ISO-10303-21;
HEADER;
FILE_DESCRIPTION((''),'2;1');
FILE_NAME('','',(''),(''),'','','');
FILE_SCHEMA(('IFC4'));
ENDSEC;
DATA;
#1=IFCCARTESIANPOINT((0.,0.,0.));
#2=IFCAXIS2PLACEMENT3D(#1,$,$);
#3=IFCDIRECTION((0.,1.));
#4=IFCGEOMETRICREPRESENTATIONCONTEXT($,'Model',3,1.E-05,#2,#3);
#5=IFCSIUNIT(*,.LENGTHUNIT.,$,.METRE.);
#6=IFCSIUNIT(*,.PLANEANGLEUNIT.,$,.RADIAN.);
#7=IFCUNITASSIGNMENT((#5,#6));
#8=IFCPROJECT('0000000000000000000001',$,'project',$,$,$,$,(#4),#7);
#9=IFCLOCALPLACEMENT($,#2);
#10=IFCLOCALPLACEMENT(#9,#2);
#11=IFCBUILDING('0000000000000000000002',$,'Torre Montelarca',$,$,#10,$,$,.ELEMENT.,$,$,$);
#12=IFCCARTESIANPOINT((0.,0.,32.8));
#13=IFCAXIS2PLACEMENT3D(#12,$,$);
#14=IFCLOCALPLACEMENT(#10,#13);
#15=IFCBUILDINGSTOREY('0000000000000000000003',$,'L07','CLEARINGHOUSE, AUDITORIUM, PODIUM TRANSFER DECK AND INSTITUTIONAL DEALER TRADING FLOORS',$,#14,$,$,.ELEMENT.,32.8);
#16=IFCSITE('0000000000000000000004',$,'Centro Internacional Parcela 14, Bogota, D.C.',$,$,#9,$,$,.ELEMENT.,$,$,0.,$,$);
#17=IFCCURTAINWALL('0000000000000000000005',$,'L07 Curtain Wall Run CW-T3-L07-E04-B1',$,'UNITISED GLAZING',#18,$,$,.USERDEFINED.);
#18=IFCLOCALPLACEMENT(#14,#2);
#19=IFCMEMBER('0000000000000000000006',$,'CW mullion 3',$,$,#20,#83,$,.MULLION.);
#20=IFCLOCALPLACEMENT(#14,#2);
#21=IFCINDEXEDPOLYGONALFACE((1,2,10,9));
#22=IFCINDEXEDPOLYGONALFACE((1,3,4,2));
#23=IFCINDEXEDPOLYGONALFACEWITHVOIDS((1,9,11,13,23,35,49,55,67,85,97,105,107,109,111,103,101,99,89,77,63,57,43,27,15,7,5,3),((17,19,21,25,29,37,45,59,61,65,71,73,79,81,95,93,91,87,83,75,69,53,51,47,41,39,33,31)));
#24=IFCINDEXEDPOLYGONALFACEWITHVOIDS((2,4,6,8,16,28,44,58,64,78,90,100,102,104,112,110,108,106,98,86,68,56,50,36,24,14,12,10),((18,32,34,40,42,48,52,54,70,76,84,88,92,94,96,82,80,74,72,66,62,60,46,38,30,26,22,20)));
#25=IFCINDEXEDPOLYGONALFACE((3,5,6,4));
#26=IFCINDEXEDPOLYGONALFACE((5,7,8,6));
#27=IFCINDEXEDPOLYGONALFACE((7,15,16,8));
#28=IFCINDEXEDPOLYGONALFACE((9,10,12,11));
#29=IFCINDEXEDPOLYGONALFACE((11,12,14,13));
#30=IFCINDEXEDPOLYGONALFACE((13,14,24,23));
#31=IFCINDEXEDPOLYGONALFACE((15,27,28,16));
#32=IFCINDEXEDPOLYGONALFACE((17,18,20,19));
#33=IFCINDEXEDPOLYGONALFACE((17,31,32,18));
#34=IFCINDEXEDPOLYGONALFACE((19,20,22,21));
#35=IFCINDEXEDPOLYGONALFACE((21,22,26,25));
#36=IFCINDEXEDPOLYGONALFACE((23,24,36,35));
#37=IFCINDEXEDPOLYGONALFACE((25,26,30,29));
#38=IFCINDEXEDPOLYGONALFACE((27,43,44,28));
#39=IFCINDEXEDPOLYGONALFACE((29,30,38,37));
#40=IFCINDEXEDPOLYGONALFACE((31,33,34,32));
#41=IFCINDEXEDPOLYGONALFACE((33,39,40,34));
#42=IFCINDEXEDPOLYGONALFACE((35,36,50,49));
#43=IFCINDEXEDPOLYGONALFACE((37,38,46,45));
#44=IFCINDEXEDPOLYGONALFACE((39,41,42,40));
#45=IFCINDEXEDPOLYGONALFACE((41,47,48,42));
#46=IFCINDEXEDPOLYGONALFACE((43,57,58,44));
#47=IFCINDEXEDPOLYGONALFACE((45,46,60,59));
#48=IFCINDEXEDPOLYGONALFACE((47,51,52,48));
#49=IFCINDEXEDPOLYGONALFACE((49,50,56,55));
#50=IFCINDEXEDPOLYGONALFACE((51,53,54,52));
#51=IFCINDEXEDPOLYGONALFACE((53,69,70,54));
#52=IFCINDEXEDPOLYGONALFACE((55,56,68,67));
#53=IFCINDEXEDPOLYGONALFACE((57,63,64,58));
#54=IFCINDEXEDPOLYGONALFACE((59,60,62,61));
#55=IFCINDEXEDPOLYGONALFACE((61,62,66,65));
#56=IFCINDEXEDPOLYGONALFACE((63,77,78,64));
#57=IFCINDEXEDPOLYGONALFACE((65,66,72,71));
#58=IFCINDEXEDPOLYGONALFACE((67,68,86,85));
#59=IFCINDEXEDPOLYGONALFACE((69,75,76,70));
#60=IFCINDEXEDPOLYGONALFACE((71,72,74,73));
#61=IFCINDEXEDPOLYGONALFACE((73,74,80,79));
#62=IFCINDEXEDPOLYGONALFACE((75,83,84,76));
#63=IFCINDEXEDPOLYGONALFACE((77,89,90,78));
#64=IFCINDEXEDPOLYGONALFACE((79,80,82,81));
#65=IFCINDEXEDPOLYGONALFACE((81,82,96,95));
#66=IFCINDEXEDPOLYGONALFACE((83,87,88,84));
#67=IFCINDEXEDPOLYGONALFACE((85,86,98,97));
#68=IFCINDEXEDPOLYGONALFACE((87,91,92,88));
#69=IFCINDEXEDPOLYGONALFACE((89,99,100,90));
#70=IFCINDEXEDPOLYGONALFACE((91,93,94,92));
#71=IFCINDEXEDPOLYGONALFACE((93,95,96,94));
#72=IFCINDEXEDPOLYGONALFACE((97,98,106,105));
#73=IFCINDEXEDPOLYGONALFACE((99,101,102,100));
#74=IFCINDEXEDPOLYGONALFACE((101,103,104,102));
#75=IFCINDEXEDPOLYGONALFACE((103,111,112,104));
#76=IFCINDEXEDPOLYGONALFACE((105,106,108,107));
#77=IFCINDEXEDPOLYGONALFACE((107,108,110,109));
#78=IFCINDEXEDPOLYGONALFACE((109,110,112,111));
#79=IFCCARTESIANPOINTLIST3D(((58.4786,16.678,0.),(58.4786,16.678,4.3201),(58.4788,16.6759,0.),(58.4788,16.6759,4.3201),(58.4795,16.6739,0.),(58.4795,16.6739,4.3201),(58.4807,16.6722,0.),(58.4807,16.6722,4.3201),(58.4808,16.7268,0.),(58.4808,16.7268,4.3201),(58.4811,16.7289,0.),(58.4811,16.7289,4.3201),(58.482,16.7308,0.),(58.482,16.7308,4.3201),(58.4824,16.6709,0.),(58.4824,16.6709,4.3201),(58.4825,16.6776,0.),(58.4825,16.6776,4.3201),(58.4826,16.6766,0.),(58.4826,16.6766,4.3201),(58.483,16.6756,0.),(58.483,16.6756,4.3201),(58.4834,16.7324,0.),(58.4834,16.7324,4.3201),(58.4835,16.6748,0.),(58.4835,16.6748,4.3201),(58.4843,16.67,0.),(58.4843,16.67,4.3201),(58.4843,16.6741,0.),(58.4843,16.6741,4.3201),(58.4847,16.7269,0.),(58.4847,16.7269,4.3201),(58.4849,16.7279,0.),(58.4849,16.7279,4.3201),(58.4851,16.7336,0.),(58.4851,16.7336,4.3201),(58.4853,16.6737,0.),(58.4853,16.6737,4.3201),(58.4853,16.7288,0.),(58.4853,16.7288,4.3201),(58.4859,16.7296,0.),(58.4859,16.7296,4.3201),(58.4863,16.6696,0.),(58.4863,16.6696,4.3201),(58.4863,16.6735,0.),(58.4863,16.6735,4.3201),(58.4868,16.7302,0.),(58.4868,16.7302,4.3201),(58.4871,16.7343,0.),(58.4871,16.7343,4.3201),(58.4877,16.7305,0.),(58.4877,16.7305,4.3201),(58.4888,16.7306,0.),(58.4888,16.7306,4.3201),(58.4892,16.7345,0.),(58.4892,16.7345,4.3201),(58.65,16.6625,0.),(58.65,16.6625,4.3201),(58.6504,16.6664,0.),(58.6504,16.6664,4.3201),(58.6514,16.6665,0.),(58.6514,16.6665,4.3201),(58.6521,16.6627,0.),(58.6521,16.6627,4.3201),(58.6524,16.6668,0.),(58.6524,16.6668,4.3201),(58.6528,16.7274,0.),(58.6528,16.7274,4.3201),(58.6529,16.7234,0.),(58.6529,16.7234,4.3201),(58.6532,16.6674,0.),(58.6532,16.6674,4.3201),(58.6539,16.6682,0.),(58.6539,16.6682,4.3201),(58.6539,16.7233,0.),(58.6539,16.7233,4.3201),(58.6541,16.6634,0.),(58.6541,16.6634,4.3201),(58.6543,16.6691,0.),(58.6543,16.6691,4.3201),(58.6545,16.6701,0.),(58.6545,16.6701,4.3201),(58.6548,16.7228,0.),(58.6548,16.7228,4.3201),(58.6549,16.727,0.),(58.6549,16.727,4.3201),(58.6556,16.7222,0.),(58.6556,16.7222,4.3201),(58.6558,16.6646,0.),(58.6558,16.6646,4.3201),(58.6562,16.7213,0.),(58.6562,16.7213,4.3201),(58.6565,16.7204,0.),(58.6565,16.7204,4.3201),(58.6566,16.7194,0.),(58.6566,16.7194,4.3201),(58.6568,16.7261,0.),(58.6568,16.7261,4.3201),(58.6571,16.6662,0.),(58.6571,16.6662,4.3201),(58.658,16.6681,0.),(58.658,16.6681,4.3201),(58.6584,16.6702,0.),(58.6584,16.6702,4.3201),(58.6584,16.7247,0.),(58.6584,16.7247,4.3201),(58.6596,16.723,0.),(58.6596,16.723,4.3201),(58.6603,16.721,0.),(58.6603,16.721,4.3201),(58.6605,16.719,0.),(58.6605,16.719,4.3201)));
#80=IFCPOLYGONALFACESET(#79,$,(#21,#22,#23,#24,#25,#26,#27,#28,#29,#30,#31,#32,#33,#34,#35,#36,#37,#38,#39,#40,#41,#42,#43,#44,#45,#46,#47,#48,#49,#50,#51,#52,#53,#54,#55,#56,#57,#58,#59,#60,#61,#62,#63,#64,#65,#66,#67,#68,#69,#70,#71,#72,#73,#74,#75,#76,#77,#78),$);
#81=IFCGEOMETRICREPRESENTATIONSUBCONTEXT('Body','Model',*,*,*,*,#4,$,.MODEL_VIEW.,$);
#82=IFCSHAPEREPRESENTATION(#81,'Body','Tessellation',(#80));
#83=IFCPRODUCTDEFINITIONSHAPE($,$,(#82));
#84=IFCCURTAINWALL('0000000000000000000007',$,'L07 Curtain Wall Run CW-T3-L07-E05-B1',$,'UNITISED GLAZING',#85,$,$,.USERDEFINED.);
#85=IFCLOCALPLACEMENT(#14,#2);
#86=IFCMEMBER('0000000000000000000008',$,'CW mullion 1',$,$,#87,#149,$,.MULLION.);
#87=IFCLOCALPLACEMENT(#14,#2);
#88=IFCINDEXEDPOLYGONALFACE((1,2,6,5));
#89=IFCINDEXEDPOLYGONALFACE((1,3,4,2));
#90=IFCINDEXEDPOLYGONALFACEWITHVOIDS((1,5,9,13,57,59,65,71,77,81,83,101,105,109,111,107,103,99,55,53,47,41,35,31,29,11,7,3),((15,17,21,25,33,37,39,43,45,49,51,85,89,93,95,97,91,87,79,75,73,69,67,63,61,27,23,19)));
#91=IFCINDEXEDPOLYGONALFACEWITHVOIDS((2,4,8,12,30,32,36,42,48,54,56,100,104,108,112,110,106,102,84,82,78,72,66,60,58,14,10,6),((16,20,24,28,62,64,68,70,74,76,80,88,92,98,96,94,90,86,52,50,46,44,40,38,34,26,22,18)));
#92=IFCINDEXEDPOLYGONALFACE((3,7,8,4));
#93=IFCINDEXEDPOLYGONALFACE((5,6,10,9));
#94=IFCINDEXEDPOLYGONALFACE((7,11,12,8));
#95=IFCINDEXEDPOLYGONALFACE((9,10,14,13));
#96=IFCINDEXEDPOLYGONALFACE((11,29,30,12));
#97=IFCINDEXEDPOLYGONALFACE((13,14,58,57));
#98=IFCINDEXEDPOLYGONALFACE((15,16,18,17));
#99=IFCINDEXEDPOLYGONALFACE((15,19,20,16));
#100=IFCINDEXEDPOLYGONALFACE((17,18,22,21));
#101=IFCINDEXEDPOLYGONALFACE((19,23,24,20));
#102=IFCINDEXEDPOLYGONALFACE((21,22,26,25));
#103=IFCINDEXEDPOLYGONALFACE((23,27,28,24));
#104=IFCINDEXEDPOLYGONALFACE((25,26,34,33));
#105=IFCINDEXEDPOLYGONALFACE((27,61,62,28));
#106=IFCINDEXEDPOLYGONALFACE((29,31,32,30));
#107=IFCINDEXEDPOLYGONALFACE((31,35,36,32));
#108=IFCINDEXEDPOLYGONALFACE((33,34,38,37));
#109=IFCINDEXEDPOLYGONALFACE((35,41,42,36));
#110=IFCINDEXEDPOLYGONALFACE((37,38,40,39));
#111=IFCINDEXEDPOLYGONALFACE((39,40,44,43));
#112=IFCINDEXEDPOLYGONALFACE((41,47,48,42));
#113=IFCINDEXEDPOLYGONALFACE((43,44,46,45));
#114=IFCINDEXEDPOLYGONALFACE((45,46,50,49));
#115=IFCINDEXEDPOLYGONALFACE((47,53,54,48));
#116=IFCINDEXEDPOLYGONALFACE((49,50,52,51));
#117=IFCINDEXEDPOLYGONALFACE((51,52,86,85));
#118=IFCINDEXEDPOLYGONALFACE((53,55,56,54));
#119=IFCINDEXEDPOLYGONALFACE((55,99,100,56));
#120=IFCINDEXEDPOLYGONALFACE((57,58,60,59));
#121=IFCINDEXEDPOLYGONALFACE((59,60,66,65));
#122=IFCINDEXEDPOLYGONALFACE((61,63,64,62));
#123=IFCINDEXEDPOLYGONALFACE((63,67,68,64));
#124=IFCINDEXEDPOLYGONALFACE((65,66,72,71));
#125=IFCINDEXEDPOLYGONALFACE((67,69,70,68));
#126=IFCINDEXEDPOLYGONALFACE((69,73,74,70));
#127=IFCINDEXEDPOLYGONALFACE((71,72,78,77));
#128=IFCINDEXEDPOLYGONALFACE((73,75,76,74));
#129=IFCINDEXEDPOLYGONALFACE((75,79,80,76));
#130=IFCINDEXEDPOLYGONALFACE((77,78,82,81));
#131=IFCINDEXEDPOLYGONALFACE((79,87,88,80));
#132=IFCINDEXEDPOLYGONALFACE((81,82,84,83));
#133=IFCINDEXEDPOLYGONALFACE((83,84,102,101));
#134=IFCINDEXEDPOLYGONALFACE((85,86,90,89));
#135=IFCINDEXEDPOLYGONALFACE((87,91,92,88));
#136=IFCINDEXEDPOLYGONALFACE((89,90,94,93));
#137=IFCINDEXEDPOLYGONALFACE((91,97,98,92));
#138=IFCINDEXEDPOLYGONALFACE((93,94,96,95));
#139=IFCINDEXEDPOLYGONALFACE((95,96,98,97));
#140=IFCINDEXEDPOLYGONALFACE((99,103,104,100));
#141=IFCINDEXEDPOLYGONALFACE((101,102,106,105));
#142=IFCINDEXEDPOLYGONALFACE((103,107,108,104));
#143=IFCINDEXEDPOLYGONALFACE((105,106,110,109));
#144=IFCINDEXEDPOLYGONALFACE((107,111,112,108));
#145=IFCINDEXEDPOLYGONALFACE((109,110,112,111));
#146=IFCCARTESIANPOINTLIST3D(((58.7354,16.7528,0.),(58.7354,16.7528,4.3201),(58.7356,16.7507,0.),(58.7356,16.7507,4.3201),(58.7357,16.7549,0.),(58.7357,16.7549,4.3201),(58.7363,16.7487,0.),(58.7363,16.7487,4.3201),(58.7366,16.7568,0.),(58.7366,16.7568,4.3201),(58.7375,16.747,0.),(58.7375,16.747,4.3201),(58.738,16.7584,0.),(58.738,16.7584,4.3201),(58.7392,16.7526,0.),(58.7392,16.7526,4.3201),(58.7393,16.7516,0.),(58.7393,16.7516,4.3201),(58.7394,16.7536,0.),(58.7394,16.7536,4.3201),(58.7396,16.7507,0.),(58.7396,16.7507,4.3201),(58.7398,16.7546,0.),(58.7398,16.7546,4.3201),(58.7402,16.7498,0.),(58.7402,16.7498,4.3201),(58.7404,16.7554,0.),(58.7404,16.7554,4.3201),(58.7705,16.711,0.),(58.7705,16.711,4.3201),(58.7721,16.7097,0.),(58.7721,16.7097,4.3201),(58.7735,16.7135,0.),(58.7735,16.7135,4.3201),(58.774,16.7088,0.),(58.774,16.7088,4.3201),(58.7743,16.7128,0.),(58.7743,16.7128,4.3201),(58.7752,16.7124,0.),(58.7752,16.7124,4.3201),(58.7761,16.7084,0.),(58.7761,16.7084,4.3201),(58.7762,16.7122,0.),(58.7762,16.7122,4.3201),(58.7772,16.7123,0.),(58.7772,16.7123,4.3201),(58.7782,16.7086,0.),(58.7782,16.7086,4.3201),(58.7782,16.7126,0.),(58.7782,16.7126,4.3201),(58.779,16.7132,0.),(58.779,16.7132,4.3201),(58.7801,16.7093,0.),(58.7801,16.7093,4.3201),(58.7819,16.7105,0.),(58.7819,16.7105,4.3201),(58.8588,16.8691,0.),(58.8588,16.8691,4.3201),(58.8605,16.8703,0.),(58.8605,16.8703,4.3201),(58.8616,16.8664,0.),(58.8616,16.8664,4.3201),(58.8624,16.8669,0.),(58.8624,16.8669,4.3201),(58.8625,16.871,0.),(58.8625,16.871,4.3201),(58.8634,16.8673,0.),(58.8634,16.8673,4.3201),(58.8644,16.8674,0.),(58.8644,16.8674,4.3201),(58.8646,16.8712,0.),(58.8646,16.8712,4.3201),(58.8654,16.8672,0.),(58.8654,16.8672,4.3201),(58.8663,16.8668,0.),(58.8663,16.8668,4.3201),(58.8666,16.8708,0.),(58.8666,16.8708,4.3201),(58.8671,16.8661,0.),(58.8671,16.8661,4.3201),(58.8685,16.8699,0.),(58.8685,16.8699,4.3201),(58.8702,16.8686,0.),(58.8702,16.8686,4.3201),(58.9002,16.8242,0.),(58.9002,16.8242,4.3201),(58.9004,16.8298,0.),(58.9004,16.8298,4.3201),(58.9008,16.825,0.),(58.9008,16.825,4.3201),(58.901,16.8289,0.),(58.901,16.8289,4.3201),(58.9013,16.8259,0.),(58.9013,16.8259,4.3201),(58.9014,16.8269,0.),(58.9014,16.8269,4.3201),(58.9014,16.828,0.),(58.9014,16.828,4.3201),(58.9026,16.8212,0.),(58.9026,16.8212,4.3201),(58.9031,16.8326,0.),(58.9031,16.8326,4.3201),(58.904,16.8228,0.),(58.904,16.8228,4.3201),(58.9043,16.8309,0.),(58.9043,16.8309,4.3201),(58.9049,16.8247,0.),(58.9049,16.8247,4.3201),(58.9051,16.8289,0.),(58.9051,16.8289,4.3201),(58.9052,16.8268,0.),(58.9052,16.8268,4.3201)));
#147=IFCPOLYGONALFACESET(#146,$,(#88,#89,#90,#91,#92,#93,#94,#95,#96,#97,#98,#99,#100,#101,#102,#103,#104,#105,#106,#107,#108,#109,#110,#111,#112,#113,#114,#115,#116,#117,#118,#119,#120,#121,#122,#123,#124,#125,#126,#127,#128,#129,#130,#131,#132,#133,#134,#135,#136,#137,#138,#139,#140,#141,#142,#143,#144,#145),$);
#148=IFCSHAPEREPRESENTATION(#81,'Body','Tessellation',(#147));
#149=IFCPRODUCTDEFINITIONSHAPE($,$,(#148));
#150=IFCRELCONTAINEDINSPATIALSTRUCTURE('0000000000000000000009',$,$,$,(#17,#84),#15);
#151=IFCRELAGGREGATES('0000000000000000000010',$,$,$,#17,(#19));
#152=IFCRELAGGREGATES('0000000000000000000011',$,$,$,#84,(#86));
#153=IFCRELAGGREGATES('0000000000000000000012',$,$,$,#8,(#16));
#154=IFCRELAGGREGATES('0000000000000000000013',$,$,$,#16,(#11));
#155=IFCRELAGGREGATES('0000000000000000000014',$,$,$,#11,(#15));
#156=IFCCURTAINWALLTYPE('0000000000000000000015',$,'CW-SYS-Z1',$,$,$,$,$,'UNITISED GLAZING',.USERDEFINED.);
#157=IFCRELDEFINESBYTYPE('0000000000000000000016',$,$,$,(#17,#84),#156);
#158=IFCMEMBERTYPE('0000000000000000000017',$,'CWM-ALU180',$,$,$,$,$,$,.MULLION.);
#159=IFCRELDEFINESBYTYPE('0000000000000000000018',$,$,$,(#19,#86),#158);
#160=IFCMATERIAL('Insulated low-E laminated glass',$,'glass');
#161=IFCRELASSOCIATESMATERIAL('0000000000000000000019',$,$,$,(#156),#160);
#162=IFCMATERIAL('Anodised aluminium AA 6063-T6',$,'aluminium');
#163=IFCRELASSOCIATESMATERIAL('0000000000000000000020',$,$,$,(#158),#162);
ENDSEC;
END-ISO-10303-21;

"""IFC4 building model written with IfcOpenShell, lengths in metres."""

from ifc_helpers import new_model, si_unit, direction, frame, origin, origin_2d, place, context, subcontext, project, spatial, hollow_rectangle, extrude, source, transform, mapped, material, material_profile, profile_set, type_object, element, aggregate, save


model = new_model("IFC4")

# Units and contexts
model_context = context("Model", 3, precision=1e-05, world=origin(), true_north=direction((0.0, 1.0)))
body_context = subcontext(model_context, "Body", "Model", "MODEL_VIEW")
ifc_project = project(units=[si_unit("LENGTHUNIT", "METRE"), si_unit("PLANEANGLEUNIT", "RADIAN")], contexts=[model_context])

# Site, building, storey
site_placement = place(None, origin())
site = spatial("IfcSite", under=ifc_project, at=site_placement, Name="Centro Internacional Parcela 14, Bogota, D.C.", CompositionType="ELEMENT", RefElevation=0.0)
building_placement = place(site_placement, origin())
building = spatial("IfcBuilding", under=site, at=building_placement, Name="Torre Montelarca", CompositionType="ELEMENT")
storey_placement = place(building_placement, frame((0.0, 0.0, 32.8)))
storey = spatial("IfcBuildingStorey", under=building, at=storey_placement, Name="L07", Description="CLEARINGHOUSE, AUDITORIUM, PODIUM TRANSFER DECK AND INSTITUTIONAL DEALER TRADING FLOORS", CompositionType="ELEMENT", Elevation=32.8)

# Curtain wall, member
ifc_material_1 = material(Name="Insulated low-E laminated glass", Category="glass")
curtain_wall_type_1 = type_object("IfcCurtainWallType", Name="CW-SYS-Z1", ElementType="UNITISED GLAZING", PredefinedType="USERDEFINED", material=ifc_material_1)
curtain_wall_1_placement = place(storey_placement, origin())
curtain_wall_1 = element("IfcCurtainWall", 1, at=curtain_wall_1_placement, inside=storey, type_object=curtain_wall_type_1, Name="L07 Curtain Wall Run CW-T3-L07-E04-B1", ObjectType="UNITISED GLAZING", PredefinedType="USERDEFINED")
ifc_material_2 = material(Name="Anodised aluminium AA 6063-T6", Category="aluminium")
ifc_material_profile_1 = material_profile(ifc_material_2, hollow_rectangle(XDim=0.0649, YDim=0.1799, WallThickness=0.0039, InnerFilletRadius=0.0039, OuterFilletRadius=0.0081, at=origin_2d()), Name="ALU65X180X4", Category="aluminium")
ifc_profile_set_1 = profile_set([ifc_material_profile_1], Name="Anodised aluminium AA 6063-T6")
member_type_1 = type_object("IfcMemberType", Name="CWM-ALU180", PredefinedType="MULLION", material=ifc_profile_set_1)
shared_shape_1 = source(origin(), body_context, "Body", "SweptSolid", [
    extrude(hollow_rectangle(XDim=0.0649, YDim=0.1799, WallThickness=0.0039, InnerFilletRadius=0.0039, OuterFilletRadius=0.0081, at=origin_2d()), origin(), (0.0, 0.0, 1.0), 4.3201),
])
member_1_placement = place(storey_placement, frame((58.5696, 16.6985, 0.0), z_axis=(0.0, 0.0, 1.0), x_axis=(0.043617, 0.999048, 0.0)))
member_1 = element("IfcMember", 2, at=member_1_placement, type_object=member_type_1, Name="CW mullion 3", PredefinedType="MULLION", context=body_context, shape_type="MappedRepresentation", body=[
    mapped(shared_shape_1, transform((0.0, 0.0, 0.0), scale=1.0)),
])

# Curtain wall, member
curtain_wall_2_placement = place(storey_placement, origin())
curtain_wall_2 = element("IfcCurtainWall", 3, at=curtain_wall_2_placement, inside=storey, type_object=curtain_wall_type_1, Name="L07 Curtain Wall Run CW-T3-L07-E05-B1", ObjectType="UNITISED GLAZING", PredefinedType="USERDEFINED")
member_2_placement = place(storey_placement, frame((58.8203, 16.7898, 0.0), z_axis=(0.0, 0.0, 1.0), x_axis=(-0.675574, 0.737292, 0.0)))
member_2 = element("IfcMember", 4, at=member_2_placement, type_object=member_type_1, Name="CW mullion 1", PredefinedType="MULLION", context=body_context, shape_type="MappedRepresentation", body=[
    mapped(shared_shape_1, transform((0.0, 0.0, 0.0), scale=1.0)),
])

aggregate(curtain_wall_1, [member_1])
aggregate(curtain_wall_2, [member_2])

save(model, "model.ifc")
